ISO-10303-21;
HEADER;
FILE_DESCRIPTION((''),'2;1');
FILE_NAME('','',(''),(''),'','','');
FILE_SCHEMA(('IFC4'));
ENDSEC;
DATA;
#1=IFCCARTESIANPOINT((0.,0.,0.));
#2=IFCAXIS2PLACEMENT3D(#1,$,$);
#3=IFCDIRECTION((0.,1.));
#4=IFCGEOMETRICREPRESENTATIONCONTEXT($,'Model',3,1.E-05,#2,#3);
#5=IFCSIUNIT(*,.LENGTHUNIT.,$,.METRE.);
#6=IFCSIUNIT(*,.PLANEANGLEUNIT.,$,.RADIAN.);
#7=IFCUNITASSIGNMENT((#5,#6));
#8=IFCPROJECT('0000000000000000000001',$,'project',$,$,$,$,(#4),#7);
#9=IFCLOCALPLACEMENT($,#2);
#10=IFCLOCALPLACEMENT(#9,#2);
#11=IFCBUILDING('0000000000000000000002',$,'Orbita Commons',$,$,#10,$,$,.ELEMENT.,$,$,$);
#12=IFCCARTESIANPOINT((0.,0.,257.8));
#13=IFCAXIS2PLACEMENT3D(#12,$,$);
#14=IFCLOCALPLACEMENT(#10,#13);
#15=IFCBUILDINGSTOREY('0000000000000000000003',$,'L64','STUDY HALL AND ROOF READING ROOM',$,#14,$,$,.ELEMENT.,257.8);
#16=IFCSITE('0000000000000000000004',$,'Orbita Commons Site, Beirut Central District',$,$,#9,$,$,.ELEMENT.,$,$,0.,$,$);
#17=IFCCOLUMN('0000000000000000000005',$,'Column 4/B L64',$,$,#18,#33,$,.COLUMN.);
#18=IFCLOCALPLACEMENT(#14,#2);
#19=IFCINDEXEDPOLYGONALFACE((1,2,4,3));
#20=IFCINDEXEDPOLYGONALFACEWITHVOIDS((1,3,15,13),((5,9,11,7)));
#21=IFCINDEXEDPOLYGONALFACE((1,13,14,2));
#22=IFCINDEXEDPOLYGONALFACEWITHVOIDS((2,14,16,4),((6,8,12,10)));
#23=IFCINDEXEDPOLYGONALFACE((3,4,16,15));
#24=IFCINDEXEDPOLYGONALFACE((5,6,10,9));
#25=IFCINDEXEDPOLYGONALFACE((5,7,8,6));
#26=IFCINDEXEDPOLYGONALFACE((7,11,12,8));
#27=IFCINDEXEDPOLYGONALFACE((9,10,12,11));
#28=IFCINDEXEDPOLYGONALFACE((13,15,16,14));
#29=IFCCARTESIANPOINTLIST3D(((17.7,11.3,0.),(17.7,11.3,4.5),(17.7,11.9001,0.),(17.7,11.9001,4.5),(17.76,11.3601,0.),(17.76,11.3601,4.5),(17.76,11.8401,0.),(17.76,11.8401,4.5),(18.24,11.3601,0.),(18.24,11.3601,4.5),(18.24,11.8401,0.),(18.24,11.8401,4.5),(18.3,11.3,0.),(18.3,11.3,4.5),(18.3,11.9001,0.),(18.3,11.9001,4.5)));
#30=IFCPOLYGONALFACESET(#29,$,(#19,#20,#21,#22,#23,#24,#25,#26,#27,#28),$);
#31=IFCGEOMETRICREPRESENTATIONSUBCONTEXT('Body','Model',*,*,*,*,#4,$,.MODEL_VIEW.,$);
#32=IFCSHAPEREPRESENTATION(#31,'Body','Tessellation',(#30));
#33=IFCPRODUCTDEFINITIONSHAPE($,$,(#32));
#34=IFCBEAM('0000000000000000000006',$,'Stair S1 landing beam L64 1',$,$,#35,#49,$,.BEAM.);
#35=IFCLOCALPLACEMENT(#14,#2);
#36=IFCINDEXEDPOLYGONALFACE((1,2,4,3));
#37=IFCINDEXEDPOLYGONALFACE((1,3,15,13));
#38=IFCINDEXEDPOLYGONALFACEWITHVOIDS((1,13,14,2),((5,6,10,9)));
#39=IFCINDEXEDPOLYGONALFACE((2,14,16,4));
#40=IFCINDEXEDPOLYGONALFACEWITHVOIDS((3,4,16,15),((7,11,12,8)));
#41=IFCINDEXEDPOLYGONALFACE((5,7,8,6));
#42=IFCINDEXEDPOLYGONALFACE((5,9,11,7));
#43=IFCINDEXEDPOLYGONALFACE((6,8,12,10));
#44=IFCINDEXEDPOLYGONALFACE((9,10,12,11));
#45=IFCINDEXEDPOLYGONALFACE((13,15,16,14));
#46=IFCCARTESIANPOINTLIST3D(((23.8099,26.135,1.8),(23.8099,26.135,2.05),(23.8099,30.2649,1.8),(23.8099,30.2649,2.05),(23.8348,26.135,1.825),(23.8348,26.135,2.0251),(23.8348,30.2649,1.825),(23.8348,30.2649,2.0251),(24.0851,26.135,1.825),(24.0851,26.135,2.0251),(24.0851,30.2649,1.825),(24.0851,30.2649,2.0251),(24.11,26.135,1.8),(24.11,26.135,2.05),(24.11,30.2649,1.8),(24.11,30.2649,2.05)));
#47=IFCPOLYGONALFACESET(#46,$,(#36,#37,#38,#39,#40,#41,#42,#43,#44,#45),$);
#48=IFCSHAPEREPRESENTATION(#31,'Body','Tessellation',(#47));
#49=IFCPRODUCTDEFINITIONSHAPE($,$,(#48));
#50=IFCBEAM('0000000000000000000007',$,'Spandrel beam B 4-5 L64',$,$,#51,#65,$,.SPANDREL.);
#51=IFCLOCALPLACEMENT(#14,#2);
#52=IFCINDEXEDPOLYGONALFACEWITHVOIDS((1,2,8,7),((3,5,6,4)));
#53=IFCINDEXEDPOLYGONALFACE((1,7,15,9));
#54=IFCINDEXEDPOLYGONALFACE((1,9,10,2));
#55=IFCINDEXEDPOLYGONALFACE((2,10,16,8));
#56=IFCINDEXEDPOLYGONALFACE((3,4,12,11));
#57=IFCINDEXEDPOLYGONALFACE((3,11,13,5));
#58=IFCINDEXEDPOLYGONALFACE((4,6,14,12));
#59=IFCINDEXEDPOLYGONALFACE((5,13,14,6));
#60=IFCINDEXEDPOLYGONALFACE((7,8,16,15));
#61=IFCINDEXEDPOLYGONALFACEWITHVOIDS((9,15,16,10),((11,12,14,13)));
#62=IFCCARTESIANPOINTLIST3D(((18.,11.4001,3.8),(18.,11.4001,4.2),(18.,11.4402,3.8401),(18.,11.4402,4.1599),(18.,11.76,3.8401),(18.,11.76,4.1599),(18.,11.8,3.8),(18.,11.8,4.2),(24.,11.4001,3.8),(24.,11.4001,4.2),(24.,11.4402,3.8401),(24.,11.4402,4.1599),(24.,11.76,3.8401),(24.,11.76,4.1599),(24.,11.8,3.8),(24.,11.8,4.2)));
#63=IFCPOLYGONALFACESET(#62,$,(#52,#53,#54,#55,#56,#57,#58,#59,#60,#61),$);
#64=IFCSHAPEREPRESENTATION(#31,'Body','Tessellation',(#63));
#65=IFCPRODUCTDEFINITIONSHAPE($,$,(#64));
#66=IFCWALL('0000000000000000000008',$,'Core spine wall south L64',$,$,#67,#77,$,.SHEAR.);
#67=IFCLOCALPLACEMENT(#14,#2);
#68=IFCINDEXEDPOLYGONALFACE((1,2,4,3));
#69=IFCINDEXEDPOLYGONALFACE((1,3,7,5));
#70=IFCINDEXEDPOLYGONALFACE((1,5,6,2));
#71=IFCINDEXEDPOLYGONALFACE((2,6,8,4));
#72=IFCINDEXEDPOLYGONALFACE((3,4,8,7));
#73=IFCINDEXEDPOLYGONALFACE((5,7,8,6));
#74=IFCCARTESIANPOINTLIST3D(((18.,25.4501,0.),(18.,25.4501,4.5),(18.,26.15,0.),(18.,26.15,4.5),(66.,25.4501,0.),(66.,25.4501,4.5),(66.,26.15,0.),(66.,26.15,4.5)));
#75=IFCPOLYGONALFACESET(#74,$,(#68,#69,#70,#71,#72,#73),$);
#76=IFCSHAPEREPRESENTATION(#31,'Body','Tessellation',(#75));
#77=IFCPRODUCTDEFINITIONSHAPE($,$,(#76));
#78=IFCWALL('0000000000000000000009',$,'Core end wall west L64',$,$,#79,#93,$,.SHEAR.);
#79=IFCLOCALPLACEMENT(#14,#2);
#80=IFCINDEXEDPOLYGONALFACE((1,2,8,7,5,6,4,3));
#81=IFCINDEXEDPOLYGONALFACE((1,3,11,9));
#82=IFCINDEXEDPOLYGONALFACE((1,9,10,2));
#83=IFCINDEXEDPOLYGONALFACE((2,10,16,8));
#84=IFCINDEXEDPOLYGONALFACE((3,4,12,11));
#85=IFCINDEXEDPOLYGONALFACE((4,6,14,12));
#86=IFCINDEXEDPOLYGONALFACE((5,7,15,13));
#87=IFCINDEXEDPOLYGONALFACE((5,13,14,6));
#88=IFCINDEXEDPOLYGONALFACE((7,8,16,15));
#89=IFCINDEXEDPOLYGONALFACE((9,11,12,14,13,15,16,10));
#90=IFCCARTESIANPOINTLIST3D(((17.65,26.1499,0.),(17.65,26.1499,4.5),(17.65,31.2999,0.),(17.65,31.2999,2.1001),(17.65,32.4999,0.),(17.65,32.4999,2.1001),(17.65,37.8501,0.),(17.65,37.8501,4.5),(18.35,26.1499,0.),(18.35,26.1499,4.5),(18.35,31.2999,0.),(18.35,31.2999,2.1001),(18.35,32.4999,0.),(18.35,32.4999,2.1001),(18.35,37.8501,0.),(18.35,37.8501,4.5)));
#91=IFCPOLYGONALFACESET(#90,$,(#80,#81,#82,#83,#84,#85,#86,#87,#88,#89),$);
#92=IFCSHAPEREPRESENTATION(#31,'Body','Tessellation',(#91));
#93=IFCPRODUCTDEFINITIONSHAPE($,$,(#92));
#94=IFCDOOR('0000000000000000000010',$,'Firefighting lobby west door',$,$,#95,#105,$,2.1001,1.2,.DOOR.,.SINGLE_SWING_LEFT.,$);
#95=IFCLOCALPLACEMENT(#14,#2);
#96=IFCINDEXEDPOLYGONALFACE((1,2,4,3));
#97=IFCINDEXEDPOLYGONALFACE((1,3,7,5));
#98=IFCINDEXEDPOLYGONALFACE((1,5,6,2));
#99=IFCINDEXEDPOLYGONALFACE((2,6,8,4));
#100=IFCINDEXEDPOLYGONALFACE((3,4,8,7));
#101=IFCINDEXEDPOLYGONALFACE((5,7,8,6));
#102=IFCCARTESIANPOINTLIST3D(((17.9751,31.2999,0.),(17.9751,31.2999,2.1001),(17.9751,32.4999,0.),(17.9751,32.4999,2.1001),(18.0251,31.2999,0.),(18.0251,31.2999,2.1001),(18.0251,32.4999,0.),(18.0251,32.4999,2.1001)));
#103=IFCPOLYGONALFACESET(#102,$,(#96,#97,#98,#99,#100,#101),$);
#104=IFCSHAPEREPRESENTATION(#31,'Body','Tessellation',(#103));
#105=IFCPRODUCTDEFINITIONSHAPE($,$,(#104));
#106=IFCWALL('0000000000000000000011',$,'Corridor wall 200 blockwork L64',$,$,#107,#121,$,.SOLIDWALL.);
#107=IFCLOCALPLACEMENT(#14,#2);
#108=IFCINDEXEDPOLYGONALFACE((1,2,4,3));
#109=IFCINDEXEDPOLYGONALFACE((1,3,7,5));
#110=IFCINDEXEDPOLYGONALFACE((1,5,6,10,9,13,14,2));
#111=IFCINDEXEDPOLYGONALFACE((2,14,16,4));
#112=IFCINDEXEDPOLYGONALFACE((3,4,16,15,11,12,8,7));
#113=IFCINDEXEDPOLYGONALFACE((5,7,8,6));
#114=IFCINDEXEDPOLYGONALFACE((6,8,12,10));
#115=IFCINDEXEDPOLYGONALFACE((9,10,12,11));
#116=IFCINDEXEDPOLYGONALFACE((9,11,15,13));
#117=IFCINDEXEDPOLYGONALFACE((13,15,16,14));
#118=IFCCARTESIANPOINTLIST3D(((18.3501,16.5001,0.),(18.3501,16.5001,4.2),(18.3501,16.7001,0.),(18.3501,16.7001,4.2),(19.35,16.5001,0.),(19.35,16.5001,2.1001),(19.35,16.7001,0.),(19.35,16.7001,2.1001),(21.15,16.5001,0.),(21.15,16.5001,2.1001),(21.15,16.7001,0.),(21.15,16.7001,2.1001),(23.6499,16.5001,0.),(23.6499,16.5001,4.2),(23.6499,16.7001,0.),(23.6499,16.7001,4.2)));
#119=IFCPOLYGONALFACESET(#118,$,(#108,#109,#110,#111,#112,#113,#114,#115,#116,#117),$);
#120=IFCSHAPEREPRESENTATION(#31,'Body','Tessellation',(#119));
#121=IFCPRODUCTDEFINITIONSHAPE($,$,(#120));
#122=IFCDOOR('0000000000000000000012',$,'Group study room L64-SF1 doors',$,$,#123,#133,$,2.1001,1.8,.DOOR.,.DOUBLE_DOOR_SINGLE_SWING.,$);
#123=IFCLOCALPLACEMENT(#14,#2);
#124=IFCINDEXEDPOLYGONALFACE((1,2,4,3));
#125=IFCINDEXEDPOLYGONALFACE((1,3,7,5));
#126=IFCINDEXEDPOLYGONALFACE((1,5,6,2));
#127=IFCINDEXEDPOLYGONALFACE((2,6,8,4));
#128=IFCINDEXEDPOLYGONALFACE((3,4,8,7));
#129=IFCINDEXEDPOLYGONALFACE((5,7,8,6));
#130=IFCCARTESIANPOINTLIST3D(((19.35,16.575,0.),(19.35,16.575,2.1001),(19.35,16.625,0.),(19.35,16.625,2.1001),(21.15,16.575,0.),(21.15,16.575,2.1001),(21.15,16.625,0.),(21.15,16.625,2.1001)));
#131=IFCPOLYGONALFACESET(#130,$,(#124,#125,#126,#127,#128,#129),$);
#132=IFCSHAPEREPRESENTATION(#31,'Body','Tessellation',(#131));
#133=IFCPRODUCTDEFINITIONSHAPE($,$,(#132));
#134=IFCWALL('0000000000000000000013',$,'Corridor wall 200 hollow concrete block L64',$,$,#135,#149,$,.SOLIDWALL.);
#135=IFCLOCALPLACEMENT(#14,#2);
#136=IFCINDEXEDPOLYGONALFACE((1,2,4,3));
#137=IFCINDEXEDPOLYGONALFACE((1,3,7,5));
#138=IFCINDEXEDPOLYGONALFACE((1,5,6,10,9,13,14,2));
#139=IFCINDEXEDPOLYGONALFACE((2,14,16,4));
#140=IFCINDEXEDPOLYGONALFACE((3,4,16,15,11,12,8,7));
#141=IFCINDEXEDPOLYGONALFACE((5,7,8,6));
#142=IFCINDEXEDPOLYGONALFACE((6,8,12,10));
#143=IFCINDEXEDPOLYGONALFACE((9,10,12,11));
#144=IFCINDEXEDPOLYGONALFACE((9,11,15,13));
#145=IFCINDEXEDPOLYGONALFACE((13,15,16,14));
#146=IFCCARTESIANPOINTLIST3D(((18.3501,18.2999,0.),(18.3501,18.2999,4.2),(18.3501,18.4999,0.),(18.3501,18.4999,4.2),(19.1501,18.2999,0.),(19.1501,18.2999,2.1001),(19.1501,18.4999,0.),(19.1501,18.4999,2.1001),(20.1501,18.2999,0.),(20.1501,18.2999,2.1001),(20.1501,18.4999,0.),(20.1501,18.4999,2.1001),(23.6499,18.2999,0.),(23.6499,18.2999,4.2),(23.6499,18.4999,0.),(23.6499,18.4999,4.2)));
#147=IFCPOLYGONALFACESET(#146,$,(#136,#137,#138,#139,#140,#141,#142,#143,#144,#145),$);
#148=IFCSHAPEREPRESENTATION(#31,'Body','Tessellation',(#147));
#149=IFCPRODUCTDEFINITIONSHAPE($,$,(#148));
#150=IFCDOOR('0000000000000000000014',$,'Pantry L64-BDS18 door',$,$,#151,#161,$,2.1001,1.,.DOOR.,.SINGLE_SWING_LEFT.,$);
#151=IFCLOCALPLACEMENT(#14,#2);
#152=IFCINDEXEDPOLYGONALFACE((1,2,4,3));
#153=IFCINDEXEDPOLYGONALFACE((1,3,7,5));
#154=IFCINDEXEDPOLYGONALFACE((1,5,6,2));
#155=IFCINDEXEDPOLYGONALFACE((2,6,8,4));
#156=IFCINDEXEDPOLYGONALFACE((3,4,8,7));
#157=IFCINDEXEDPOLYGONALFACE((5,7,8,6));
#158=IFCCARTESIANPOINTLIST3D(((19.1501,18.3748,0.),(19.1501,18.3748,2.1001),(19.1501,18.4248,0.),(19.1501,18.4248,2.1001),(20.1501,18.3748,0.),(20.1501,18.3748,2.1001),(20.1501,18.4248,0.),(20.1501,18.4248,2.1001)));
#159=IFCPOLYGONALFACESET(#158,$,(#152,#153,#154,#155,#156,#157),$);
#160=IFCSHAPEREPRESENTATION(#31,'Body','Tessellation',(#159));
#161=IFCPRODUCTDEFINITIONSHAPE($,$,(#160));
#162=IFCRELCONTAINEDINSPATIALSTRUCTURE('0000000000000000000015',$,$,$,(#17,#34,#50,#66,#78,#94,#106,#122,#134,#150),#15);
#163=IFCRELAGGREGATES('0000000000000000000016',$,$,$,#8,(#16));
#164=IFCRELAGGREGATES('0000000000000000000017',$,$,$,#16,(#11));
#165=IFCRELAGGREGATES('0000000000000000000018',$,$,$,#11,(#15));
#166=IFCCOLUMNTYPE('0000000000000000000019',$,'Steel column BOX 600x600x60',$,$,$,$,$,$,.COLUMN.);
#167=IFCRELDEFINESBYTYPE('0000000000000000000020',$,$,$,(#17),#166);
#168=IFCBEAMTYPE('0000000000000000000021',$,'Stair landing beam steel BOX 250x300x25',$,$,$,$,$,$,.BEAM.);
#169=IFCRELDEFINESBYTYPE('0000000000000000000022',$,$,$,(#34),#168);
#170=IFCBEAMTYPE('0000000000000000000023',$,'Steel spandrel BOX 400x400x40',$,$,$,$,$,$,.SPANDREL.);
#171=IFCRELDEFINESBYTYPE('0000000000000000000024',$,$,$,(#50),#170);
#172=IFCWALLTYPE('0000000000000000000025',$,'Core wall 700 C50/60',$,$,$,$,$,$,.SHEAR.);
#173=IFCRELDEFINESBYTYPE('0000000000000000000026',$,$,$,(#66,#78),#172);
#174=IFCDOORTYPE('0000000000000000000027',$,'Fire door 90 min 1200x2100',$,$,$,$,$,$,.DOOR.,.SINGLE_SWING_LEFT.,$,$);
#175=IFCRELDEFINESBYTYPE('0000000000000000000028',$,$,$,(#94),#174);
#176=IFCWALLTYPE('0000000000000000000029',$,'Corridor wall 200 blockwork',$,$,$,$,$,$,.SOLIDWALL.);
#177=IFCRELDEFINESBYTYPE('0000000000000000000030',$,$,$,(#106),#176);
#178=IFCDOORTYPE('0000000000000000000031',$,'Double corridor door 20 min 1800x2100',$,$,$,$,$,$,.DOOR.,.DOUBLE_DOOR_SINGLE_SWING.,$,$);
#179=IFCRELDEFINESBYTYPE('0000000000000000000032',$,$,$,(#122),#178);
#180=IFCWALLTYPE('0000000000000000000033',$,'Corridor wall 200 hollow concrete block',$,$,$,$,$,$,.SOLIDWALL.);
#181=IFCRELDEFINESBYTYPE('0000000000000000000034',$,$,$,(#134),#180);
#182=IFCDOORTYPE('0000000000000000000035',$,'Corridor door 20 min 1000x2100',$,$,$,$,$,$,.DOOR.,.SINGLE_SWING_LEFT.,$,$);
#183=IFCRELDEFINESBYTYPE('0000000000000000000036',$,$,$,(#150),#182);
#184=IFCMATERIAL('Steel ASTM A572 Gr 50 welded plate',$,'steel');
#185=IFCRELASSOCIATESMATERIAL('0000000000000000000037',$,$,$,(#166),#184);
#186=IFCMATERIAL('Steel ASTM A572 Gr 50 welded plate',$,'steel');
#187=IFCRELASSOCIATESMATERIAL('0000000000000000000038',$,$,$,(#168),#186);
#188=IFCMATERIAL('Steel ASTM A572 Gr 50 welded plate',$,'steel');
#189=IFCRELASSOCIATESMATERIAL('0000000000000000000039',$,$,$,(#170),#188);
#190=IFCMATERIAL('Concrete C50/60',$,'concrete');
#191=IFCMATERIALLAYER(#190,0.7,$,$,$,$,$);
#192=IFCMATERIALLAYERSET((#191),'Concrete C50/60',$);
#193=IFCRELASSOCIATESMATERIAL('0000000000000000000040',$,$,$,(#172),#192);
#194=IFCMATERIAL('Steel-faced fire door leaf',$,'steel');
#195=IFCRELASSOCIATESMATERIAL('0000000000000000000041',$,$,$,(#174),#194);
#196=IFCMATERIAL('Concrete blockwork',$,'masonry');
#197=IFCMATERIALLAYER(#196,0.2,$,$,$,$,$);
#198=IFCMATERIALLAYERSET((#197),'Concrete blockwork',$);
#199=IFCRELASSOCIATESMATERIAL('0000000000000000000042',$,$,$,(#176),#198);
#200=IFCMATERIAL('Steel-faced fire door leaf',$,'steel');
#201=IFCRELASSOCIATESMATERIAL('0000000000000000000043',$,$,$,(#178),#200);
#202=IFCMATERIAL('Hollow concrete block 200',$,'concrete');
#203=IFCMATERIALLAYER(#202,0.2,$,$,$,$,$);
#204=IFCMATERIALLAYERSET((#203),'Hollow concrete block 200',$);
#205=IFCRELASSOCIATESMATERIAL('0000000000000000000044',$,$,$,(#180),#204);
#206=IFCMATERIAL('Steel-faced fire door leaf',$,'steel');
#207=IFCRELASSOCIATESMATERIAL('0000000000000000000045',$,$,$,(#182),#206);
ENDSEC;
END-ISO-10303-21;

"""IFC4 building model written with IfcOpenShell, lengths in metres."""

from ifc_helpers import new_model, si_unit, direction, frame, frame_2d, origin, origin_2d, place, context, subcontext, project, spatial, rectangle, hollow_rectangle, extrude, material, layer, layer_set, material_profile, profile_set, type_object, element, fill, save


model = new_model("IFC4")

# Units and contexts
model_context = context("Model", 3, precision=1e-05, world=origin(), true_north=direction((0.0, 1.0)))
body_context = subcontext(model_context, "Body", "Model", "MODEL_VIEW")
ifc_project = project(units=[si_unit("LENGTHUNIT", "METRE"), si_unit("PLANEANGLEUNIT", "RADIAN")], contexts=[model_context])

# Site, building, storey
site_placement = place(None, origin())
site = spatial("IfcSite", under=ifc_project, at=site_placement, Name="Orbita Commons Site, Beirut Central District", CompositionType="ELEMENT", RefElevation=0.0)
building_placement = place(site_placement, origin())
building = spatial("IfcBuilding", under=site, at=building_placement, Name="Orbita Commons", CompositionType="ELEMENT")
storey_placement = place(building_placement, frame((0.0, 0.0, 257.8)))
storey = spatial("IfcBuildingStorey", under=building, at=storey_placement, Name="L64", Description="STUDY HALL AND ROOF READING ROOM", CompositionType="ELEMENT", Elevation=257.8)

# Column
ifc_material_1 = material(Name="Steel ASTM A572 Gr 50 welded plate", Category="steel")
ifc_material_profile_1 = material_profile(ifc_material_1, hollow_rectangle(XDim=0.6001, YDim=0.6001, WallThickness=0.0601, at=origin_2d()), Name="BOX 600x600x60")
ifc_profile_set_1 = profile_set([ifc_material_profile_1], Name="Steel ASTM A572 Gr 50 welded plate")
column_type = type_object("IfcColumnType", Name="Steel column BOX 600x600x60", PredefinedType="COLUMN", material=ifc_profile_set_1)
column_placement = place(storey_placement, frame((18.0, 11.6001, 0.0), z_axis=(0.0, 0.0, 1.0), x_axis=(1.0, 0.0, 0.0)))
element("IfcColumn", 1, at=column_placement, inside=storey, type_object=column_type, Name="Column 4/B L64", PredefinedType="COLUMN", context=body_context, shape_type="SweptSolid", body=[
    extrude(hollow_rectangle(XDim=0.6001, YDim=0.6001, WallThickness=0.0601, at=origin_2d()), origin(), (0.0, 0.0, 1.0), 4.5),
])

# Beams
ifc_material_2 = material(Name="Steel ASTM A572 Gr 50 welded plate", Category="steel")
ifc_material_profile_2 = material_profile(ifc_material_2, hollow_rectangle(XDim=0.3, YDim=0.25, WallThickness=0.0249, at=origin_2d()), Name="BOX 250x300x25")
ifc_profile_set_2 = profile_set([ifc_material_profile_2], Name="Steel ASTM A572 Gr 50 welded plate")
beam_type_1 = type_object("IfcBeamType", Name="Stair landing beam steel BOX 250x300x25", PredefinedType="BEAM", material=ifc_profile_set_2)
beam_1_placement = place(storey_placement, frame((23.96, 26.135, 1.925), z_axis=(0.0, 1.0, 0.0), x_axis=(-1.0, 0.0, 0.0)))
element("IfcBeam", 2, at=beam_1_placement, inside=storey, type_object=beam_type_1, Name="Stair S1 landing beam L64 1", PredefinedType="BEAM", context=body_context, shape_type="SweptSolid", body=[
    extrude(hollow_rectangle(XDim=0.3, YDim=0.25, WallThickness=0.0249, at=origin_2d()), origin(), (0.0, 0.0, 1.0), 4.1299),
])
ifc_material_3 = material(Name="Steel ASTM A572 Gr 50 welded plate", Category="steel")
ifc_material_profile_3 = material_profile(ifc_material_3, hollow_rectangle(XDim=0.3999, YDim=0.3999, WallThickness=0.04, at=origin_2d()), Name="BOX 400x400x40")
ifc_profile_set_3 = profile_set([ifc_material_profile_3], Name="Steel ASTM A572 Gr 50 welded plate")
beam_type_2 = type_object("IfcBeamType", Name="Steel spandrel BOX 400x400x40", PredefinedType="SPANDREL", material=ifc_profile_set_3)
beam_2_placement = place(storey_placement, frame((18.0, 11.6001, 4.0), z_axis=(1.0, 0.0, 0.0), x_axis=(0.0, 1.0, 0.0)))
element("IfcBeam", 3, at=beam_2_placement, inside=storey, type_object=beam_type_2, Name="Spandrel beam B 4-5 L64", PredefinedType="SPANDREL", context=body_context, shape_type="SweptSolid", body=[
    extrude(hollow_rectangle(XDim=0.3999, YDim=0.3999, WallThickness=0.04, at=origin_2d()), origin(), (0.0, 0.0, 1.0), 6.0),
])

# Wall
ifc_material_4 = material(Name="Concrete C50/60", Category="concrete")
ifc_layer_1 = layer(ifc_material_4, 0.7)
ifc_layer_set_1 = layer_set([ifc_layer_1], Name="Concrete C50/60")
wall_type_1 = type_object("IfcWallType", Name="Core wall 700 C50/60", PredefinedType="SHEAR", material=ifc_layer_set_1)
wall_1_placement = place(storey_placement, frame((18.0, 25.8, 0.0), z_axis=(0.0, 0.0, 1.0), x_axis=(1.0, 0.0, 0.0)))
element("IfcWall", 4, at=wall_1_placement, inside=storey, type_object=wall_type_1, Name="Core spine wall south L64", PredefinedType="SHEAR", context=body_context, shape_type="SweptSolid", body=[
    extrude(rectangle(XDim=48.0, YDim=0.7, at=frame_2d((24.0, 0.0))), origin(), (0.0, 0.0, 1.0), 4.5),
])

# Walls, openings, doors
wall_2_placement = place(storey_placement, frame((18.0, 26.1499, 0.0), z_axis=(0.0, 0.0, 1.0), x_axis=(0.0, 1.0, 0.0)))
wall_2 = element("IfcWall", 5, at=wall_2_placement, inside=storey, type_object=wall_type_1, Name="Core end wall west L64", PredefinedType="SHEAR", context=body_context, shape_type="SweptSolid", body=[
    extrude(rectangle(XDim=11.7002, YDim=0.7, at=frame_2d((5.8501, 0.0))), origin(), (0.0, 0.0, 1.0), 4.5),
])
opening_1_placement = place(wall_2_placement, frame((5.1499, 0.0, 0.0)))
opening_1 = element("IfcOpeningElement", 6, at=opening_1_placement, cuts=wall_2, PredefinedType="OPENING", context=body_context, shape_type="SweptSolid", body=[
    extrude(rectangle(XDim=1.2, YDim=2.1001, at=frame_2d((0.6001, 1.05))), frame((0.0, 0.3599, 0.0), z_axis=(0.0, -1.0, 0.0), x_axis=(1.0, 0.0, 0.0)), (0.0, 0.0, 1.0), 0.72),
])
ifc_material_5 = material(Name="Steel-faced fire door leaf", Category="steel")
door_type_1 = type_object("IfcDoorType", Name="Fire door 90 min 1200x2100", OperationType="SINGLE_SWING_LEFT", PredefinedType="DOOR", material=ifc_material_5)
door_1_placement = place(opening_1_placement, origin())
door_1 = element("IfcDoor", 7, at=door_1_placement, inside=storey, type_object=door_type_1, Name="Firefighting lobby west door", OperationType="SINGLE_SWING_LEFT", OverallHeight=2.1001, OverallWidth=1.2, PredefinedType="DOOR", context=body_context, shape_type="SweptSolid", body=[
    extrude(rectangle(XDim=1.2, YDim=2.1001, at=frame_2d((0.6001, 1.05))), frame((0.0, 0.0249, 0.0), z_axis=(0.0, -1.0, 0.0), x_axis=(1.0, 0.0, 0.0)), (0.0, 0.0, 1.0), 0.05),
])
fill(opening_1, door_1)
ifc_material_6 = material(Name="Concrete blockwork", Category="masonry")
ifc_layer_2 = layer(ifc_material_6, 0.2)
ifc_layer_set_2 = layer_set([ifc_layer_2], Name="Concrete blockwork")
wall_type_2 = type_object("IfcWallType", Name="Corridor wall 200 blockwork", PredefinedType="SOLIDWALL", material=ifc_layer_set_2)
wall_3_placement = place(storey_placement, frame((18.3501, 16.6001, 0.0), z_axis=(0.0, 0.0, 1.0), x_axis=(1.0, 0.0, 0.0)))
wall_3 = element("IfcWall", 8, at=wall_3_placement, inside=storey, type_object=wall_type_2, Name="Corridor wall 200 blockwork L64", PredefinedType="SOLIDWALL", context=body_context, shape_type="SweptSolid", body=[
    extrude(rectangle(XDim=5.2998, YDim=0.2, at=frame_2d((2.6499, 0.0))), origin(), (0.0, 0.0, 1.0), 4.2),
])
opening_2_placement = place(wall_3_placement, frame((1.0, 0.0, 0.0)))
opening_2 = element("IfcOpeningElement", 9, at=opening_2_placement, cuts=wall_3, PredefinedType="OPENING", context=body_context, shape_type="SweptSolid", body=[
    extrude(rectangle(XDim=1.8, YDim=2.1001, at=frame_2d((0.8999, 1.05))), frame((0.0, 0.1099, 0.0), z_axis=(0.0, -1.0, 0.0), x_axis=(1.0, 0.0, 0.0)), (0.0, 0.0, 1.0), 0.22),
])
ifc_material_7 = material(Name="Steel-faced fire door leaf", Category="steel")
door_type_2 = type_object("IfcDoorType", Name="Double corridor door 20 min 1800x2100", OperationType="DOUBLE_DOOR_SINGLE_SWING", PredefinedType="DOOR", material=ifc_material_7)
door_2_placement = place(opening_2_placement, origin())
door_2 = element("IfcDoor", 10, at=door_2_placement, inside=storey, type_object=door_type_2, Name="Group study room L64-SF1 doors", OperationType="DOUBLE_DOOR_SINGLE_SWING", OverallHeight=2.1001, OverallWidth=1.8, PredefinedType="DOOR", context=body_context, shape_type="SweptSolid", body=[
    extrude(rectangle(XDim=1.8, YDim=2.1001, at=frame_2d((0.8999, 1.05))), frame((0.0, 0.0249, 0.0), z_axis=(0.0, -1.0, 0.0), x_axis=(1.0, 0.0, 0.0)), (0.0, 0.0, 1.0), 0.05),
])
fill(opening_2, door_2)
ifc_material_8 = material(Name="Hollow concrete block 200", Category="concrete")
ifc_layer_3 = layer(ifc_material_8, 0.2)
ifc_layer_set_3 = layer_set([ifc_layer_3], Name="Hollow concrete block 200")
wall_type_3 = type_object("IfcWallType", Name="Corridor wall 200 hollow concrete block", PredefinedType="SOLIDWALL", material=ifc_layer_set_3)
wall_4_placement = place(storey_placement, frame((18.3501, 18.3999, 0.0), z_axis=(0.0, 0.0, 1.0), x_axis=(1.0, 0.0, 0.0)))
wall_4 = element("IfcWall", 11, at=wall_4_placement, inside=storey, type_object=wall_type_3, Name="Corridor wall 200 hollow concrete block L64", PredefinedType="SOLIDWALL", context=body_context, shape_type="SweptSolid", body=[
    extrude(rectangle(XDim=5.2998, YDim=0.2, at=frame_2d((2.6499, 0.0))), origin(), (0.0, 0.0, 1.0), 4.2),
])
opening_3_placement = place(wall_4_placement, frame((0.8, 0.0, 0.0)))
opening_3 = element("IfcOpeningElement", 12, at=opening_3_placement, cuts=wall_4, PredefinedType="OPENING", context=body_context, shape_type="SweptSolid", body=[
    extrude(rectangle(XDim=1.0, YDim=2.1001, at=frame_2d((0.5, 1.05))), frame((0.0, 0.1099, 0.0), z_axis=(0.0, -1.0, 0.0), x_axis=(1.0, 0.0, 0.0)), (0.0, 0.0, 1.0), 0.22),
])
ifc_material_9 = material(Name="Steel-faced fire door leaf", Category="steel")
door_type_3 = type_object("IfcDoorType", Name="Corridor door 20 min 1000x2100", OperationType="SINGLE_SWING_LEFT", PredefinedType="DOOR", material=ifc_material_9)
door_3_placement = place(opening_3_placement, origin())
door_3 = element("IfcDoor", 13, at=door_3_placement, inside=storey, type_object=door_type_3, Name="Pantry L64-BDS18 door", OperationType="SINGLE_SWING_LEFT", OverallHeight=2.1001, OverallWidth=1.0, PredefinedType="DOOR", context=body_context, shape_type="SweptSolid", body=[
    extrude(rectangle(XDim=1.0, YDim=2.1001, at=frame_2d((0.5, 1.05))), frame((0.0, 0.0249, 0.0), z_axis=(0.0, -1.0, 0.0), x_axis=(1.0, 0.0, 0.0)), (0.0, 0.0, 1.0), 0.05),
])
fill(opening_3, door_3)

save(model, "model.ifc")
